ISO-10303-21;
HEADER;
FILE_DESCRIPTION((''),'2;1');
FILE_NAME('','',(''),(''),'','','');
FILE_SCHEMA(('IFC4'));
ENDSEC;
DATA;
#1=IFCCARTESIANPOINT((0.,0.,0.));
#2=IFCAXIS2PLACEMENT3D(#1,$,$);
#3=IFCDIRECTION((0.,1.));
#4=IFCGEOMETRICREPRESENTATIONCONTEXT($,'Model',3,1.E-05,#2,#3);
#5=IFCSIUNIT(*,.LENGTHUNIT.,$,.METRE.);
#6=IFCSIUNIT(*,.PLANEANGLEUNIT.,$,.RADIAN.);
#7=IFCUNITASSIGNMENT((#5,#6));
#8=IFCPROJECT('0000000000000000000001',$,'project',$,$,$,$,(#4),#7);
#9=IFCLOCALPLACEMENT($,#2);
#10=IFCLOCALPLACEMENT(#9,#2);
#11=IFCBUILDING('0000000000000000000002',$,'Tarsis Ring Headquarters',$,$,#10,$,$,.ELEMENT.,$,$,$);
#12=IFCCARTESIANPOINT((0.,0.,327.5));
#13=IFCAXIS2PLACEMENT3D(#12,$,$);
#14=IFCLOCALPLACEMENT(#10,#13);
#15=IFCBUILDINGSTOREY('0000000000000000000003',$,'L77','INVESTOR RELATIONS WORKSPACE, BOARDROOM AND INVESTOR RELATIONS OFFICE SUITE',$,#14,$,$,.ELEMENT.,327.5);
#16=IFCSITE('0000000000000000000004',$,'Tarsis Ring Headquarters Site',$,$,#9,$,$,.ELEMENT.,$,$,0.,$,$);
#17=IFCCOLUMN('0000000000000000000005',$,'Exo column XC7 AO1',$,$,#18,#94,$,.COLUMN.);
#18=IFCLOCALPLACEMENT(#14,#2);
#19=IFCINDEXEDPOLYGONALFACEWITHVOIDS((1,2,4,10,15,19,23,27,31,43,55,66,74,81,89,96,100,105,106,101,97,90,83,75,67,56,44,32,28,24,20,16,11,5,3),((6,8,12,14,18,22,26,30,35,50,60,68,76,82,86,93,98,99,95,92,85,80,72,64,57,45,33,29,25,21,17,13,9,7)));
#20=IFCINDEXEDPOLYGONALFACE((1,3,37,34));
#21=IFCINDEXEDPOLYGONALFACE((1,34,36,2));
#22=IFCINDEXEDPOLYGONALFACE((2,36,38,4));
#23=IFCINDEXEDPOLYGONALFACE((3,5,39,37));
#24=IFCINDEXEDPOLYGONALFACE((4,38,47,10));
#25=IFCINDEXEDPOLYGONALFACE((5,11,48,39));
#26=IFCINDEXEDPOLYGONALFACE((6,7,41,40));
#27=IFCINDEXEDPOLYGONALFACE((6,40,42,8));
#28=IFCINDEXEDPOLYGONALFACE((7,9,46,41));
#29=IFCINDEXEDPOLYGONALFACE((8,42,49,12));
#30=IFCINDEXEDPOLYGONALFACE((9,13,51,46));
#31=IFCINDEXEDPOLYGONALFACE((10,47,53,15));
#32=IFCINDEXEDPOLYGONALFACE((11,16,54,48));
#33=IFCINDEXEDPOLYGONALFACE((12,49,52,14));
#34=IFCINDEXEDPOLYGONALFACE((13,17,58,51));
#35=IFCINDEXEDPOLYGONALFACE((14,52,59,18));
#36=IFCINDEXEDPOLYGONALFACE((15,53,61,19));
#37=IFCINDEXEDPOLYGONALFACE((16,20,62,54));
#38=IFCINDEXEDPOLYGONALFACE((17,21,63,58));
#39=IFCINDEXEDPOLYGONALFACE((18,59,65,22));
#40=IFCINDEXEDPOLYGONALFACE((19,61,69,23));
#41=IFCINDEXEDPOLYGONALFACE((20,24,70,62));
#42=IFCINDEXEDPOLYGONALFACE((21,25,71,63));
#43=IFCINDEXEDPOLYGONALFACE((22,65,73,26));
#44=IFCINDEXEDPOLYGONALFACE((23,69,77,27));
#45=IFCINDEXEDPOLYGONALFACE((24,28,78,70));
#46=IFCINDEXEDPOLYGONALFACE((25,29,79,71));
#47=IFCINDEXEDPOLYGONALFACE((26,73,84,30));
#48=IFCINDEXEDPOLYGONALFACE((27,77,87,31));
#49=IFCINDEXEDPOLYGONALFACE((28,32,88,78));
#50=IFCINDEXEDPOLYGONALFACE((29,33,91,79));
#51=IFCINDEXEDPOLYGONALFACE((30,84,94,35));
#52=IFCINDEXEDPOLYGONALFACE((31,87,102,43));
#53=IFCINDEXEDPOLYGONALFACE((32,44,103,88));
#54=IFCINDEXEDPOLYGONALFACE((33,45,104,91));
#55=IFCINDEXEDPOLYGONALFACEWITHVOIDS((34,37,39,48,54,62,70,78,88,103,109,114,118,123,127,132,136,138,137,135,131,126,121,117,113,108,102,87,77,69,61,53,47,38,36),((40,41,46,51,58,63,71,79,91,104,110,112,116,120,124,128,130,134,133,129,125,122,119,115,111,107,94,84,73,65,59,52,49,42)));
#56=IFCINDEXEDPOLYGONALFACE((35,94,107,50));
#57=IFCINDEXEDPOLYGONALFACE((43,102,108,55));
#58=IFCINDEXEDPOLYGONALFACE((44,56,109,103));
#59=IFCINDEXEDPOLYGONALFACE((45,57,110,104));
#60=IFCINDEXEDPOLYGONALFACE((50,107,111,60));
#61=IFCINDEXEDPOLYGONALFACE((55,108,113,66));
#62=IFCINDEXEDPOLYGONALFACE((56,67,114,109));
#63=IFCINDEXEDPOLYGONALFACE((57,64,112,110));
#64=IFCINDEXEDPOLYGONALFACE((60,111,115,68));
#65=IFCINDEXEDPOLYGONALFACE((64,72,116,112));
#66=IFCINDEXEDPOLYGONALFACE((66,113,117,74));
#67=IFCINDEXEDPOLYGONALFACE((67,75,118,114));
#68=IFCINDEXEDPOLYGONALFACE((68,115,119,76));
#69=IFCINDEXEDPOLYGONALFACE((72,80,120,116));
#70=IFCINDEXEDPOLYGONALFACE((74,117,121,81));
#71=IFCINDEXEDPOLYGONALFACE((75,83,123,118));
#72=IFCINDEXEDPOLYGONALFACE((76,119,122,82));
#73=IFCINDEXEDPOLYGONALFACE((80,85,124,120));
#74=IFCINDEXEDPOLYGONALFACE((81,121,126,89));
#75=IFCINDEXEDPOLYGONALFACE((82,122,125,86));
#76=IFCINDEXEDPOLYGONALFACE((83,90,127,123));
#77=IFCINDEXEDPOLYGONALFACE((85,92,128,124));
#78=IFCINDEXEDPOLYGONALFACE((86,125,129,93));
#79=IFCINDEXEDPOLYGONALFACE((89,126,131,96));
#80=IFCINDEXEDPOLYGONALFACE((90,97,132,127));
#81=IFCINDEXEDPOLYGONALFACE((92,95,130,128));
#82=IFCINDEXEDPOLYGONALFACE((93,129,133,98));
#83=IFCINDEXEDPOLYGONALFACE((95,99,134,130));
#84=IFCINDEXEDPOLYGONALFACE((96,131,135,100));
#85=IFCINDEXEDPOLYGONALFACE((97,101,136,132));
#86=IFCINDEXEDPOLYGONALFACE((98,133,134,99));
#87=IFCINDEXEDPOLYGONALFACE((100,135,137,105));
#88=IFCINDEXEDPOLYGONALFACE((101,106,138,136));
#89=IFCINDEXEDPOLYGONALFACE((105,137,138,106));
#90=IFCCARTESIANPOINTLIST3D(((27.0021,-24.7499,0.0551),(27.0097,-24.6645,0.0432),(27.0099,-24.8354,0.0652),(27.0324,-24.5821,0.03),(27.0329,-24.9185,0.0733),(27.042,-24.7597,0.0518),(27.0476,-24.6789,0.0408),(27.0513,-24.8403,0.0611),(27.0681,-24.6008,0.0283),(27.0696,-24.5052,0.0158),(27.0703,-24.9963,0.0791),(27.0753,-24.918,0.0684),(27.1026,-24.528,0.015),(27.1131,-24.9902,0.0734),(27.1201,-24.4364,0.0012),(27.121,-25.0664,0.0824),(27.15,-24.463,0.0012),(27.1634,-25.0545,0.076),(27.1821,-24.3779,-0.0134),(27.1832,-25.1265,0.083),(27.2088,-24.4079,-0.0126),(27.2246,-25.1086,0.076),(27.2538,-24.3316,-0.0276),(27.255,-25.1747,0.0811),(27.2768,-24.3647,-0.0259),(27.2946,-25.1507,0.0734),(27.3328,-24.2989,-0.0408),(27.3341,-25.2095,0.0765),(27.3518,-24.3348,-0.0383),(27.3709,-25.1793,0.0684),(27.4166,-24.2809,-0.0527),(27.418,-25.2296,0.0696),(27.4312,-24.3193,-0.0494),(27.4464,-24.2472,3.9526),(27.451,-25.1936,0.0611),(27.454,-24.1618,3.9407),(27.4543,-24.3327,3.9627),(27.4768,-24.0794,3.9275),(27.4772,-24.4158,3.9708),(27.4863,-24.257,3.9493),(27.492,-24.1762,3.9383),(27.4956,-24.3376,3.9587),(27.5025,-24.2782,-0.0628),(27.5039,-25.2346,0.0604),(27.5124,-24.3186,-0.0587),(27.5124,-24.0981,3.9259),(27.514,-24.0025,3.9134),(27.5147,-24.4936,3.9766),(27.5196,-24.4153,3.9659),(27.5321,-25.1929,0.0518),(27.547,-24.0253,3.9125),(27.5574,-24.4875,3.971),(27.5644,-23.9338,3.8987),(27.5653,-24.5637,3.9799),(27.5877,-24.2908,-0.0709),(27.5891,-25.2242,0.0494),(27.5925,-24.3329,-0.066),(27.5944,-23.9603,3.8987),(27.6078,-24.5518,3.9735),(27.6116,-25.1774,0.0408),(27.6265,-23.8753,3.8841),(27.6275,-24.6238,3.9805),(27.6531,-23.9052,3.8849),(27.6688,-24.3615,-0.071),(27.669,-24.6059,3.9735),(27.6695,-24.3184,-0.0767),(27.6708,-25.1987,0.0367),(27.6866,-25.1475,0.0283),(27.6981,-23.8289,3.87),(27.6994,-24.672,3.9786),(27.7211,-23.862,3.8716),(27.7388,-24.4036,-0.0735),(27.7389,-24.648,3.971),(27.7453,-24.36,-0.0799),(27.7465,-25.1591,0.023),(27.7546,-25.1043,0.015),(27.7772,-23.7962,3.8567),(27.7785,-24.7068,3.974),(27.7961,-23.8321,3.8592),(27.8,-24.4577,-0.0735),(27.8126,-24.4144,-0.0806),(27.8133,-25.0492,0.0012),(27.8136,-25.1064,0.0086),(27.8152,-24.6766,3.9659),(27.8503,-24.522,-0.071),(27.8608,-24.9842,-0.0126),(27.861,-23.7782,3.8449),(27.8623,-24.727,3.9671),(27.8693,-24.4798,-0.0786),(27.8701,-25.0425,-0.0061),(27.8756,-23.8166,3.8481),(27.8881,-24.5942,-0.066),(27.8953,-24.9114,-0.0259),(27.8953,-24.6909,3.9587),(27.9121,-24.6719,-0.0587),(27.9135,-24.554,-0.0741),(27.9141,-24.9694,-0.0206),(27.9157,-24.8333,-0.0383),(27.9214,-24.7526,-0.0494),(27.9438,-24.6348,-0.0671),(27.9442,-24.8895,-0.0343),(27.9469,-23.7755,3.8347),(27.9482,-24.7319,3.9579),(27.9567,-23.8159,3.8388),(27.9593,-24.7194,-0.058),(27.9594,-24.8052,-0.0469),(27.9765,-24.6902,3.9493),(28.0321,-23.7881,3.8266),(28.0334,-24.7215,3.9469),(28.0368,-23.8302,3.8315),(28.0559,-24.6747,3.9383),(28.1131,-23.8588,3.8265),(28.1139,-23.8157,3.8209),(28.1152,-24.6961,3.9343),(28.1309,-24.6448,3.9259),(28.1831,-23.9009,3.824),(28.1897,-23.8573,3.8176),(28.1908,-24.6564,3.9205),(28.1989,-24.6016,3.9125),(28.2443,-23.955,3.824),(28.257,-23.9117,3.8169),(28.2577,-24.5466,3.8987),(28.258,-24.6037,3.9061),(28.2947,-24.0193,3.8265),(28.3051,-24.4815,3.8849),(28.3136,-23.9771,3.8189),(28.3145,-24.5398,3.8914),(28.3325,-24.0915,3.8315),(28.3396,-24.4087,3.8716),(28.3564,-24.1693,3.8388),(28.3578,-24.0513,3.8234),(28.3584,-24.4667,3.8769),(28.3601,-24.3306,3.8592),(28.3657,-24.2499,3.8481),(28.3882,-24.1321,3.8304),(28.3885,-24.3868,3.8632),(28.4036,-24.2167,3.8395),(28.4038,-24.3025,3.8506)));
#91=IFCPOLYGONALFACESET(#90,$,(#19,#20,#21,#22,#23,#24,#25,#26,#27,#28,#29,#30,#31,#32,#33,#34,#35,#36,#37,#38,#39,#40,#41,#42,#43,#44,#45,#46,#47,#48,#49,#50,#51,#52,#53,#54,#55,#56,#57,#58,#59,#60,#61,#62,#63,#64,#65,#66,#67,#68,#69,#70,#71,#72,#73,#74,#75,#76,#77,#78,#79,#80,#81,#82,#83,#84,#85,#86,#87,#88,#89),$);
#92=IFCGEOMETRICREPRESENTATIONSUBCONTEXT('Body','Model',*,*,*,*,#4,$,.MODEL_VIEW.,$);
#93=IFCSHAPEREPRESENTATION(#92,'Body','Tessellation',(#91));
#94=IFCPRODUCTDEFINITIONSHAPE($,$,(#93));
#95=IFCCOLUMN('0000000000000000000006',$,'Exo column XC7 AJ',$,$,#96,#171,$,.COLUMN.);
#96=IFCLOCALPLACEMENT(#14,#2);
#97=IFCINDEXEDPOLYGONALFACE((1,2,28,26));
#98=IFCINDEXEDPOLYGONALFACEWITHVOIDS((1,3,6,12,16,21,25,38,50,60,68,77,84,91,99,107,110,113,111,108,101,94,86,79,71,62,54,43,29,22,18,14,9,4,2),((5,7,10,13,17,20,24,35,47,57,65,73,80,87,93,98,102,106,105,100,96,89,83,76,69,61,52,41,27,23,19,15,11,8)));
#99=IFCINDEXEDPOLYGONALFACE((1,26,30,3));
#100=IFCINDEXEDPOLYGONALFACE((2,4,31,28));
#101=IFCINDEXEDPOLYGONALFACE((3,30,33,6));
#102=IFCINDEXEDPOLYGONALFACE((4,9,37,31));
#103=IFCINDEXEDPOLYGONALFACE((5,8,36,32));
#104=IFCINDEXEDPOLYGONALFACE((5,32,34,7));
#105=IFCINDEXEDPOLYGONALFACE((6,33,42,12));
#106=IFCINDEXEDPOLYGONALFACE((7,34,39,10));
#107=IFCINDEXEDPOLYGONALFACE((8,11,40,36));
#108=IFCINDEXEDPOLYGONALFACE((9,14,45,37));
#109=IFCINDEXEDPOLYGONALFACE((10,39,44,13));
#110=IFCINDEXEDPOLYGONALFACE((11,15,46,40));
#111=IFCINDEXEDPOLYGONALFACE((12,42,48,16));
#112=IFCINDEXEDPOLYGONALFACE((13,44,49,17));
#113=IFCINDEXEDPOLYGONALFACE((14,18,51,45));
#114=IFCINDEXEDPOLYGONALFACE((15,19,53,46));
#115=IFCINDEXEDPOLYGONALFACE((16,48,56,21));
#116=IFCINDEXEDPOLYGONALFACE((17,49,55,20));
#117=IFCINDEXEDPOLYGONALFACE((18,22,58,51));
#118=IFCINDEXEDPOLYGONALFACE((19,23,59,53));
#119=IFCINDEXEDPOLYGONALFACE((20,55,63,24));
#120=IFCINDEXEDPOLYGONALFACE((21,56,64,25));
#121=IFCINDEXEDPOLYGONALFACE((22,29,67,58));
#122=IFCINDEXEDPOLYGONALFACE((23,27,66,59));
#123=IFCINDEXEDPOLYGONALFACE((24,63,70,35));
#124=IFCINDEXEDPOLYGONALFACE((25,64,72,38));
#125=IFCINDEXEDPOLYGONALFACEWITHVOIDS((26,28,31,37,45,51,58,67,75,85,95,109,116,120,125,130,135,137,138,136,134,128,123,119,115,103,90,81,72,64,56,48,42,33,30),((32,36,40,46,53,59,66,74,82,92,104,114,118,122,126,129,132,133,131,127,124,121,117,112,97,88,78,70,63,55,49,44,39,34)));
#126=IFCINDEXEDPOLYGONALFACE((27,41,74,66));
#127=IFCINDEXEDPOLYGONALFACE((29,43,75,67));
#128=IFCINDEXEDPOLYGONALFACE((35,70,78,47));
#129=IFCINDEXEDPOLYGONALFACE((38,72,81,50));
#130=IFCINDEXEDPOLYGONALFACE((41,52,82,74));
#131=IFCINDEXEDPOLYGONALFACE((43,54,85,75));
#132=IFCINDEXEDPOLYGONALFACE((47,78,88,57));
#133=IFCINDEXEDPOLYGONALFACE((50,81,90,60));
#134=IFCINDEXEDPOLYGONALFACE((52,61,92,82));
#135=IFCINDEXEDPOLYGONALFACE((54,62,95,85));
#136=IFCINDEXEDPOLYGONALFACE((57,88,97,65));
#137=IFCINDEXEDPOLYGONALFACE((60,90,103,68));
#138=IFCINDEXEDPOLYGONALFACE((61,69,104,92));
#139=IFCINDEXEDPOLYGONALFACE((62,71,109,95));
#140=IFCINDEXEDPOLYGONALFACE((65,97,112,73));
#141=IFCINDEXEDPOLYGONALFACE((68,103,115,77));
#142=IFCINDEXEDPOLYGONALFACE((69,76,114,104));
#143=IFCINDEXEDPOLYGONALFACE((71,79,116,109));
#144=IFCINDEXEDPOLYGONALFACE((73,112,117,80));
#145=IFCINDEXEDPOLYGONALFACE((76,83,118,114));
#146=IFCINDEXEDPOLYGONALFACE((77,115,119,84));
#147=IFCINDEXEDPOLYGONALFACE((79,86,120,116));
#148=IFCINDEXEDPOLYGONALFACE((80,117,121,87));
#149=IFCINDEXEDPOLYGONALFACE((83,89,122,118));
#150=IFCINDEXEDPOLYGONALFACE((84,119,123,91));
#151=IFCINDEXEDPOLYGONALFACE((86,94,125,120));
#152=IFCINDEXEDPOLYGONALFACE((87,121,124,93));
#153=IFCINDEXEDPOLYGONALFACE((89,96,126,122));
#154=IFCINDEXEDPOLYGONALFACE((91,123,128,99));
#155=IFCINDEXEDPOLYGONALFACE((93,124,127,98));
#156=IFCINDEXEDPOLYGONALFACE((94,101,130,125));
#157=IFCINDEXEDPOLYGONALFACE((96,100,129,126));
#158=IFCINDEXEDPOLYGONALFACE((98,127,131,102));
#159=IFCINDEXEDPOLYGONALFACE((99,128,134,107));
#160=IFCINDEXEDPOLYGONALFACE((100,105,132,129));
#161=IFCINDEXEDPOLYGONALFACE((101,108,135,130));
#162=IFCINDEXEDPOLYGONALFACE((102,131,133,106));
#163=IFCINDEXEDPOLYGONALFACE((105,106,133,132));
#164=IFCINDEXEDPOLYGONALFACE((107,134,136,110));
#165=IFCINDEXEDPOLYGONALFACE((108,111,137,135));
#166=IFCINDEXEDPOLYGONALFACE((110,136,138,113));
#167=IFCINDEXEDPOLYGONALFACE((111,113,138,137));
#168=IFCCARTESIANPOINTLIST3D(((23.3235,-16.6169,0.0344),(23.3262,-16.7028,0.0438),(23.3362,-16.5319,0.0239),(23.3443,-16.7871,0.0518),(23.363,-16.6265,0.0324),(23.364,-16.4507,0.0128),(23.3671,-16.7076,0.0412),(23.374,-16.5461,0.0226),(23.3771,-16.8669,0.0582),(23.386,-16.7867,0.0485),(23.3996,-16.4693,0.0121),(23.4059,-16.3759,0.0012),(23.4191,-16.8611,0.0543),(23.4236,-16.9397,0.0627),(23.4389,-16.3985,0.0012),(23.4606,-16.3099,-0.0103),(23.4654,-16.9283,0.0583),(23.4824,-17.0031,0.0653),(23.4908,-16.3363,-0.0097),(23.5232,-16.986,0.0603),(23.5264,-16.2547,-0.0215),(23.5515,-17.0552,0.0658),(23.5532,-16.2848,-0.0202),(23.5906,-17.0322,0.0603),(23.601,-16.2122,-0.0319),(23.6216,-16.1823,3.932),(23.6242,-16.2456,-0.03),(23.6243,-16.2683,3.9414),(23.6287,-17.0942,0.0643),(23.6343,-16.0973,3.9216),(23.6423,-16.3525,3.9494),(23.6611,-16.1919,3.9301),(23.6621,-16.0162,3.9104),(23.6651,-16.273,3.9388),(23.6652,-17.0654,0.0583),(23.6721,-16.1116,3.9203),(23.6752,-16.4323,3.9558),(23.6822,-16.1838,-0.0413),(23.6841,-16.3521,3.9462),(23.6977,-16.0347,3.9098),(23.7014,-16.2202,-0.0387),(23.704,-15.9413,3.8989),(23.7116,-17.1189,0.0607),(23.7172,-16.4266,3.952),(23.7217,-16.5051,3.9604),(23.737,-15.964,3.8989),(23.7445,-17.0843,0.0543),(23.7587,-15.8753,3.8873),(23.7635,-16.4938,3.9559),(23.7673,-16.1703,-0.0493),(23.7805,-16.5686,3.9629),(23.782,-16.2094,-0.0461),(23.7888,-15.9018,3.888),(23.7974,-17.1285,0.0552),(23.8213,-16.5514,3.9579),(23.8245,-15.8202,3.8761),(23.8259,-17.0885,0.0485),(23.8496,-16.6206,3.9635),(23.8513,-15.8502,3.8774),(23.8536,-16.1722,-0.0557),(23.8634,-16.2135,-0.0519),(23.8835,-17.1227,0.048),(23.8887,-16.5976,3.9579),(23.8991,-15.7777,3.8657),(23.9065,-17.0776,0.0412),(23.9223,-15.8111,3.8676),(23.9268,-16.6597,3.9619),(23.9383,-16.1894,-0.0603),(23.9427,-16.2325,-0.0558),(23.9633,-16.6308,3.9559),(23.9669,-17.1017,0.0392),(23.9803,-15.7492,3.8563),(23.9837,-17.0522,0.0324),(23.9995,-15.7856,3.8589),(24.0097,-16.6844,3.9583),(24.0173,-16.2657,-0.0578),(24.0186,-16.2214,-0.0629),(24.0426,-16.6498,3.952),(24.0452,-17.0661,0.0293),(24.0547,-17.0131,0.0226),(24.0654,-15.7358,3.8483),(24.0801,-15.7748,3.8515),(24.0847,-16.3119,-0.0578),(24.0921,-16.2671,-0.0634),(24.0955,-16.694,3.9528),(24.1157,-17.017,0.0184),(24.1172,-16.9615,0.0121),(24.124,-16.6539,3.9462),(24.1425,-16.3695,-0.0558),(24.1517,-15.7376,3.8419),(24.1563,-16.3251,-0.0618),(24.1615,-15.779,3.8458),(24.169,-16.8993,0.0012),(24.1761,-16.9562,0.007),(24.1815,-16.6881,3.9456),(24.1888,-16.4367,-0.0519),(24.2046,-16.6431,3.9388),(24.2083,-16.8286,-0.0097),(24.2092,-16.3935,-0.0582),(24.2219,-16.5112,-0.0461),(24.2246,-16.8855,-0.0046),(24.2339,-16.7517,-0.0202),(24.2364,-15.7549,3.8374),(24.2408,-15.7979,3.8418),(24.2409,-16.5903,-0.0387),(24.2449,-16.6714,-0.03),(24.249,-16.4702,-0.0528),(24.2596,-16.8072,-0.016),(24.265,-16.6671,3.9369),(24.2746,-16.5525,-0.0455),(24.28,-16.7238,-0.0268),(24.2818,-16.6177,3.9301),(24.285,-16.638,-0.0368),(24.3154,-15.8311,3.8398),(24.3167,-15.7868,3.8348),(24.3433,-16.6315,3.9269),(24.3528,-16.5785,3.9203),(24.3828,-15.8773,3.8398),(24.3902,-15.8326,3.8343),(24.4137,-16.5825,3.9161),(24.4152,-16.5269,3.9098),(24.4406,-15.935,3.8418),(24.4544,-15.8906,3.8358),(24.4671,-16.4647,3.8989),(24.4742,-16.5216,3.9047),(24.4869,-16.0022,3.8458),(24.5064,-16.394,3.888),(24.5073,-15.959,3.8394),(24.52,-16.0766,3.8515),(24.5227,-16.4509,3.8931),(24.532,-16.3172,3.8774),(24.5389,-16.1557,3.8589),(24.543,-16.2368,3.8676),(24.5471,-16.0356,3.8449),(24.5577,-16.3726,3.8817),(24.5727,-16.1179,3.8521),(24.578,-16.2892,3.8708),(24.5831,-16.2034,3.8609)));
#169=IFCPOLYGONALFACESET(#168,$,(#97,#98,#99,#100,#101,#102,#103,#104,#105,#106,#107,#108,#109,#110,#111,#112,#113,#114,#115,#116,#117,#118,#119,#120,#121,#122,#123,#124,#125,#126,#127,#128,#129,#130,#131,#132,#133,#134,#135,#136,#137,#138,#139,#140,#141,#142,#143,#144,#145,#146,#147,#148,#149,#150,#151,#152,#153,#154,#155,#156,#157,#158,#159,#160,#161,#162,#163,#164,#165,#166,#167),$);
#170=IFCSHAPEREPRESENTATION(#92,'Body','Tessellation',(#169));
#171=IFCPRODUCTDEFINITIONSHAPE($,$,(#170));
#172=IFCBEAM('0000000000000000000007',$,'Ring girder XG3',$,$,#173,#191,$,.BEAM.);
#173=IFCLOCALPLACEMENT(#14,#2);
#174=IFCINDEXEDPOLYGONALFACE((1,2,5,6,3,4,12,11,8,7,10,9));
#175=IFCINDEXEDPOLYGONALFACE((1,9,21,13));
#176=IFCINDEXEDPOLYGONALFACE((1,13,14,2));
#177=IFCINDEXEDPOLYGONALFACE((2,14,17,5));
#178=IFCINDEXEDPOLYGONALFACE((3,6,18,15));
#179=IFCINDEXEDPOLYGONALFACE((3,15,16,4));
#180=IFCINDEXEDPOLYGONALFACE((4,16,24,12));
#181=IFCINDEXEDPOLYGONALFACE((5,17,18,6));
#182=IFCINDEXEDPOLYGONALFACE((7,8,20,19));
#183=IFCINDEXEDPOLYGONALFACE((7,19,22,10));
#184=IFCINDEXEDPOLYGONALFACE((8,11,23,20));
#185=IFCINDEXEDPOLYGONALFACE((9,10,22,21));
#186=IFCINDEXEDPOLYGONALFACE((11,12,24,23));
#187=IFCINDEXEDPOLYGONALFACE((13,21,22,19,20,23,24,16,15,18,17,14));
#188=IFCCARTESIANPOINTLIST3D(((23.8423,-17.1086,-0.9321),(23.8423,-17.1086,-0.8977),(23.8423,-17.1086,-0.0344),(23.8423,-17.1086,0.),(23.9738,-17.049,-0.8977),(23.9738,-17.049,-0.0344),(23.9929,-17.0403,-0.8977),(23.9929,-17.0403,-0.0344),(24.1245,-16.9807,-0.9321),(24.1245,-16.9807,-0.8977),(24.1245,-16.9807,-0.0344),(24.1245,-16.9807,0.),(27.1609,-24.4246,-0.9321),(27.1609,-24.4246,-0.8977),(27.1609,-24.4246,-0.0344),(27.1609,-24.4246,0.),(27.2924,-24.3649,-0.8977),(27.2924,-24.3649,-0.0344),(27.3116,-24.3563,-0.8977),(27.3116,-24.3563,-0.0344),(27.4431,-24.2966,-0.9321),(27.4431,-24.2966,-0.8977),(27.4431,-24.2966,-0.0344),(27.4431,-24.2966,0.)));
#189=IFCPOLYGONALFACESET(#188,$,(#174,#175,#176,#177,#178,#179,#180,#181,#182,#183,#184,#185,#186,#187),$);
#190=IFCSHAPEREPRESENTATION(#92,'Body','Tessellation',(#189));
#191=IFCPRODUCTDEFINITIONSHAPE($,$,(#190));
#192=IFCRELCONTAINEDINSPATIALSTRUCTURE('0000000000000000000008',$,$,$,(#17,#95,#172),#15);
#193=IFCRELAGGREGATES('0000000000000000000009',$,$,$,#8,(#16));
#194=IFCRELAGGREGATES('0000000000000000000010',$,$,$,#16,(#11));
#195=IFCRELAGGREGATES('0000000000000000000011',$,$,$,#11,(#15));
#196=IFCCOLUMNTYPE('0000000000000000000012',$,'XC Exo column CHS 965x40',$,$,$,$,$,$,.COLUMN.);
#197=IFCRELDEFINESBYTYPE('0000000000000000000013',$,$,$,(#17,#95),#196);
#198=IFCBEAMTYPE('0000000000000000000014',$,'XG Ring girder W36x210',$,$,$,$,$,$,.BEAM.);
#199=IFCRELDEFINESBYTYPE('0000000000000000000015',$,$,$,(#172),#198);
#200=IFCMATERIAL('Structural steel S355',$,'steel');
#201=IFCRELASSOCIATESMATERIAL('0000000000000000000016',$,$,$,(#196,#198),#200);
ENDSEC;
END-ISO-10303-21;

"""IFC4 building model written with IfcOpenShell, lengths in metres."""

from ifc_helpers import new_model, si_unit, direction, frame, origin, origin_2d, place, context, subcontext, project, spatial, hollow_circle, i_section, extrude, material, material_profile, profile_set, type_object, element, save


model = new_model("IFC4")

# Units and contexts
model_context = context("Model", 3, precision=1e-05, world=origin(), true_north=direction((0.0, 1.0)))
body_context = subcontext(model_context, "Body", "Model", "MODEL_VIEW")
ifc_project = project(units=[si_unit("LENGTHUNIT", "METRE"), si_unit("PLANEANGLEUNIT", "RADIAN")], contexts=[model_context])

# Site, building, storey
site_placement = place(None, origin())
site = spatial("IfcSite", under=ifc_project, at=site_placement, Name="Tarsis Ring Headquarters Site", CompositionType="ELEMENT", RefElevation=0.0)
building_placement = place(site_placement, origin())
building = spatial("IfcBuilding", under=site, at=building_placement, Name="Tarsis Ring Headquarters", CompositionType="ELEMENT")
storey_placement = place(building_placement, frame((0.0, 0.0, 327.5)))
storey = spatial("IfcBuildingStorey", under=building, at=storey_placement, Name="L77", Description="INVESTOR RELATIONS WORKSPACE, BOARDROOM AND INVESTOR RELATIONS OFFICE SUITE", CompositionType="ELEMENT", Elevation=327.5)

# Columns
ifc_material_1 = material(Name="Structural steel S355", Category="steel")
ifc_material_profile_1 = material_profile(ifc_material_1, hollow_circle(Radius=0.4827, WallThickness=0.04, at=origin_2d()), Name="CHS 965x40")
ifc_profile_set_1 = profile_set([ifc_material_profile_1], Name="Structural steel S355")
column_type = type_object("IfcColumnType", Name="XC Exo column CHS 965x40", PredefinedType="COLUMN", material=ifc_profile_set_1)
column_1_placement = place(storey_placement, frame((27.4817, -24.7561, 0.0012), z_axis=(0.112354, 0.127108, 0.985505), x_axis=(-0.749253, 0.662283, 0.0)))
element("IfcColumn", 1, at=column_1_placement, inside=storey, type_object=column_type, Name="Exo column XC7 AO1", PredefinedType="COLUMN", context=body_context, shape_type="SweptSolid", body=[
    extrude(hollow_circle(Radius=0.4827, WallThickness=0.04, at=origin_2d()), origin(), (0.0, 0.0, 1.0), 3.9548),
])
column_2_placement = place(storey_placement, frame((23.804, -16.6489, 0.0012), z_axis=(0.07579, 0.110489, 0.990983), x_axis=(-0.824636, 0.565663, 0.0)))
element("IfcColumn", 2, at=column_2_placement, inside=storey, type_object=column_type, Name="Exo column XC7 AJ", PredefinedType="COLUMN", context=body_context, shape_type="SweptSolid", body=[
    extrude(hollow_circle(Radius=0.4827, WallThickness=0.04, at=origin_2d()), origin(), (0.0, 0.0, 1.0), 3.9331),
])

# Beam
ifc_material_profile_2 = material_profile(ifc_material_1, i_section(OverallWidth=0.3098, OverallDepth=0.9321, WebThickness=0.021, FlangeThickness=0.0344, at=origin_2d()), Name="W36x210")
ifc_profile_set_2 = profile_set([ifc_material_profile_2], Name="Structural steel S355")
beam_type = type_object("IfcBeamType", Name="XG Ring girder W36x210", PredefinedType="BEAM", material=ifc_profile_set_2)
beam_1_placement = place(storey_placement, frame((27.302, -24.3606, -0.4661), z_axis=(-0.4131, 0.910686, 0.0), x_axis=(-0.910686, -0.4131, 0.0)))
element("IfcBeam", 3, at=beam_1_placement, inside=storey, type_object=beam_type, Name="Ring girder XG3", PredefinedType="BEAM", context=body_context, shape_type="SweptSolid", body=[
    extrude(i_section(OverallWidth=0.3098, OverallDepth=0.9321, WebThickness=0.021, FlangeThickness=0.0344, at=origin_2d()), origin(), (0.0, 0.0, 1.0), 8.0334),
])

save(model, "model.ifc")
